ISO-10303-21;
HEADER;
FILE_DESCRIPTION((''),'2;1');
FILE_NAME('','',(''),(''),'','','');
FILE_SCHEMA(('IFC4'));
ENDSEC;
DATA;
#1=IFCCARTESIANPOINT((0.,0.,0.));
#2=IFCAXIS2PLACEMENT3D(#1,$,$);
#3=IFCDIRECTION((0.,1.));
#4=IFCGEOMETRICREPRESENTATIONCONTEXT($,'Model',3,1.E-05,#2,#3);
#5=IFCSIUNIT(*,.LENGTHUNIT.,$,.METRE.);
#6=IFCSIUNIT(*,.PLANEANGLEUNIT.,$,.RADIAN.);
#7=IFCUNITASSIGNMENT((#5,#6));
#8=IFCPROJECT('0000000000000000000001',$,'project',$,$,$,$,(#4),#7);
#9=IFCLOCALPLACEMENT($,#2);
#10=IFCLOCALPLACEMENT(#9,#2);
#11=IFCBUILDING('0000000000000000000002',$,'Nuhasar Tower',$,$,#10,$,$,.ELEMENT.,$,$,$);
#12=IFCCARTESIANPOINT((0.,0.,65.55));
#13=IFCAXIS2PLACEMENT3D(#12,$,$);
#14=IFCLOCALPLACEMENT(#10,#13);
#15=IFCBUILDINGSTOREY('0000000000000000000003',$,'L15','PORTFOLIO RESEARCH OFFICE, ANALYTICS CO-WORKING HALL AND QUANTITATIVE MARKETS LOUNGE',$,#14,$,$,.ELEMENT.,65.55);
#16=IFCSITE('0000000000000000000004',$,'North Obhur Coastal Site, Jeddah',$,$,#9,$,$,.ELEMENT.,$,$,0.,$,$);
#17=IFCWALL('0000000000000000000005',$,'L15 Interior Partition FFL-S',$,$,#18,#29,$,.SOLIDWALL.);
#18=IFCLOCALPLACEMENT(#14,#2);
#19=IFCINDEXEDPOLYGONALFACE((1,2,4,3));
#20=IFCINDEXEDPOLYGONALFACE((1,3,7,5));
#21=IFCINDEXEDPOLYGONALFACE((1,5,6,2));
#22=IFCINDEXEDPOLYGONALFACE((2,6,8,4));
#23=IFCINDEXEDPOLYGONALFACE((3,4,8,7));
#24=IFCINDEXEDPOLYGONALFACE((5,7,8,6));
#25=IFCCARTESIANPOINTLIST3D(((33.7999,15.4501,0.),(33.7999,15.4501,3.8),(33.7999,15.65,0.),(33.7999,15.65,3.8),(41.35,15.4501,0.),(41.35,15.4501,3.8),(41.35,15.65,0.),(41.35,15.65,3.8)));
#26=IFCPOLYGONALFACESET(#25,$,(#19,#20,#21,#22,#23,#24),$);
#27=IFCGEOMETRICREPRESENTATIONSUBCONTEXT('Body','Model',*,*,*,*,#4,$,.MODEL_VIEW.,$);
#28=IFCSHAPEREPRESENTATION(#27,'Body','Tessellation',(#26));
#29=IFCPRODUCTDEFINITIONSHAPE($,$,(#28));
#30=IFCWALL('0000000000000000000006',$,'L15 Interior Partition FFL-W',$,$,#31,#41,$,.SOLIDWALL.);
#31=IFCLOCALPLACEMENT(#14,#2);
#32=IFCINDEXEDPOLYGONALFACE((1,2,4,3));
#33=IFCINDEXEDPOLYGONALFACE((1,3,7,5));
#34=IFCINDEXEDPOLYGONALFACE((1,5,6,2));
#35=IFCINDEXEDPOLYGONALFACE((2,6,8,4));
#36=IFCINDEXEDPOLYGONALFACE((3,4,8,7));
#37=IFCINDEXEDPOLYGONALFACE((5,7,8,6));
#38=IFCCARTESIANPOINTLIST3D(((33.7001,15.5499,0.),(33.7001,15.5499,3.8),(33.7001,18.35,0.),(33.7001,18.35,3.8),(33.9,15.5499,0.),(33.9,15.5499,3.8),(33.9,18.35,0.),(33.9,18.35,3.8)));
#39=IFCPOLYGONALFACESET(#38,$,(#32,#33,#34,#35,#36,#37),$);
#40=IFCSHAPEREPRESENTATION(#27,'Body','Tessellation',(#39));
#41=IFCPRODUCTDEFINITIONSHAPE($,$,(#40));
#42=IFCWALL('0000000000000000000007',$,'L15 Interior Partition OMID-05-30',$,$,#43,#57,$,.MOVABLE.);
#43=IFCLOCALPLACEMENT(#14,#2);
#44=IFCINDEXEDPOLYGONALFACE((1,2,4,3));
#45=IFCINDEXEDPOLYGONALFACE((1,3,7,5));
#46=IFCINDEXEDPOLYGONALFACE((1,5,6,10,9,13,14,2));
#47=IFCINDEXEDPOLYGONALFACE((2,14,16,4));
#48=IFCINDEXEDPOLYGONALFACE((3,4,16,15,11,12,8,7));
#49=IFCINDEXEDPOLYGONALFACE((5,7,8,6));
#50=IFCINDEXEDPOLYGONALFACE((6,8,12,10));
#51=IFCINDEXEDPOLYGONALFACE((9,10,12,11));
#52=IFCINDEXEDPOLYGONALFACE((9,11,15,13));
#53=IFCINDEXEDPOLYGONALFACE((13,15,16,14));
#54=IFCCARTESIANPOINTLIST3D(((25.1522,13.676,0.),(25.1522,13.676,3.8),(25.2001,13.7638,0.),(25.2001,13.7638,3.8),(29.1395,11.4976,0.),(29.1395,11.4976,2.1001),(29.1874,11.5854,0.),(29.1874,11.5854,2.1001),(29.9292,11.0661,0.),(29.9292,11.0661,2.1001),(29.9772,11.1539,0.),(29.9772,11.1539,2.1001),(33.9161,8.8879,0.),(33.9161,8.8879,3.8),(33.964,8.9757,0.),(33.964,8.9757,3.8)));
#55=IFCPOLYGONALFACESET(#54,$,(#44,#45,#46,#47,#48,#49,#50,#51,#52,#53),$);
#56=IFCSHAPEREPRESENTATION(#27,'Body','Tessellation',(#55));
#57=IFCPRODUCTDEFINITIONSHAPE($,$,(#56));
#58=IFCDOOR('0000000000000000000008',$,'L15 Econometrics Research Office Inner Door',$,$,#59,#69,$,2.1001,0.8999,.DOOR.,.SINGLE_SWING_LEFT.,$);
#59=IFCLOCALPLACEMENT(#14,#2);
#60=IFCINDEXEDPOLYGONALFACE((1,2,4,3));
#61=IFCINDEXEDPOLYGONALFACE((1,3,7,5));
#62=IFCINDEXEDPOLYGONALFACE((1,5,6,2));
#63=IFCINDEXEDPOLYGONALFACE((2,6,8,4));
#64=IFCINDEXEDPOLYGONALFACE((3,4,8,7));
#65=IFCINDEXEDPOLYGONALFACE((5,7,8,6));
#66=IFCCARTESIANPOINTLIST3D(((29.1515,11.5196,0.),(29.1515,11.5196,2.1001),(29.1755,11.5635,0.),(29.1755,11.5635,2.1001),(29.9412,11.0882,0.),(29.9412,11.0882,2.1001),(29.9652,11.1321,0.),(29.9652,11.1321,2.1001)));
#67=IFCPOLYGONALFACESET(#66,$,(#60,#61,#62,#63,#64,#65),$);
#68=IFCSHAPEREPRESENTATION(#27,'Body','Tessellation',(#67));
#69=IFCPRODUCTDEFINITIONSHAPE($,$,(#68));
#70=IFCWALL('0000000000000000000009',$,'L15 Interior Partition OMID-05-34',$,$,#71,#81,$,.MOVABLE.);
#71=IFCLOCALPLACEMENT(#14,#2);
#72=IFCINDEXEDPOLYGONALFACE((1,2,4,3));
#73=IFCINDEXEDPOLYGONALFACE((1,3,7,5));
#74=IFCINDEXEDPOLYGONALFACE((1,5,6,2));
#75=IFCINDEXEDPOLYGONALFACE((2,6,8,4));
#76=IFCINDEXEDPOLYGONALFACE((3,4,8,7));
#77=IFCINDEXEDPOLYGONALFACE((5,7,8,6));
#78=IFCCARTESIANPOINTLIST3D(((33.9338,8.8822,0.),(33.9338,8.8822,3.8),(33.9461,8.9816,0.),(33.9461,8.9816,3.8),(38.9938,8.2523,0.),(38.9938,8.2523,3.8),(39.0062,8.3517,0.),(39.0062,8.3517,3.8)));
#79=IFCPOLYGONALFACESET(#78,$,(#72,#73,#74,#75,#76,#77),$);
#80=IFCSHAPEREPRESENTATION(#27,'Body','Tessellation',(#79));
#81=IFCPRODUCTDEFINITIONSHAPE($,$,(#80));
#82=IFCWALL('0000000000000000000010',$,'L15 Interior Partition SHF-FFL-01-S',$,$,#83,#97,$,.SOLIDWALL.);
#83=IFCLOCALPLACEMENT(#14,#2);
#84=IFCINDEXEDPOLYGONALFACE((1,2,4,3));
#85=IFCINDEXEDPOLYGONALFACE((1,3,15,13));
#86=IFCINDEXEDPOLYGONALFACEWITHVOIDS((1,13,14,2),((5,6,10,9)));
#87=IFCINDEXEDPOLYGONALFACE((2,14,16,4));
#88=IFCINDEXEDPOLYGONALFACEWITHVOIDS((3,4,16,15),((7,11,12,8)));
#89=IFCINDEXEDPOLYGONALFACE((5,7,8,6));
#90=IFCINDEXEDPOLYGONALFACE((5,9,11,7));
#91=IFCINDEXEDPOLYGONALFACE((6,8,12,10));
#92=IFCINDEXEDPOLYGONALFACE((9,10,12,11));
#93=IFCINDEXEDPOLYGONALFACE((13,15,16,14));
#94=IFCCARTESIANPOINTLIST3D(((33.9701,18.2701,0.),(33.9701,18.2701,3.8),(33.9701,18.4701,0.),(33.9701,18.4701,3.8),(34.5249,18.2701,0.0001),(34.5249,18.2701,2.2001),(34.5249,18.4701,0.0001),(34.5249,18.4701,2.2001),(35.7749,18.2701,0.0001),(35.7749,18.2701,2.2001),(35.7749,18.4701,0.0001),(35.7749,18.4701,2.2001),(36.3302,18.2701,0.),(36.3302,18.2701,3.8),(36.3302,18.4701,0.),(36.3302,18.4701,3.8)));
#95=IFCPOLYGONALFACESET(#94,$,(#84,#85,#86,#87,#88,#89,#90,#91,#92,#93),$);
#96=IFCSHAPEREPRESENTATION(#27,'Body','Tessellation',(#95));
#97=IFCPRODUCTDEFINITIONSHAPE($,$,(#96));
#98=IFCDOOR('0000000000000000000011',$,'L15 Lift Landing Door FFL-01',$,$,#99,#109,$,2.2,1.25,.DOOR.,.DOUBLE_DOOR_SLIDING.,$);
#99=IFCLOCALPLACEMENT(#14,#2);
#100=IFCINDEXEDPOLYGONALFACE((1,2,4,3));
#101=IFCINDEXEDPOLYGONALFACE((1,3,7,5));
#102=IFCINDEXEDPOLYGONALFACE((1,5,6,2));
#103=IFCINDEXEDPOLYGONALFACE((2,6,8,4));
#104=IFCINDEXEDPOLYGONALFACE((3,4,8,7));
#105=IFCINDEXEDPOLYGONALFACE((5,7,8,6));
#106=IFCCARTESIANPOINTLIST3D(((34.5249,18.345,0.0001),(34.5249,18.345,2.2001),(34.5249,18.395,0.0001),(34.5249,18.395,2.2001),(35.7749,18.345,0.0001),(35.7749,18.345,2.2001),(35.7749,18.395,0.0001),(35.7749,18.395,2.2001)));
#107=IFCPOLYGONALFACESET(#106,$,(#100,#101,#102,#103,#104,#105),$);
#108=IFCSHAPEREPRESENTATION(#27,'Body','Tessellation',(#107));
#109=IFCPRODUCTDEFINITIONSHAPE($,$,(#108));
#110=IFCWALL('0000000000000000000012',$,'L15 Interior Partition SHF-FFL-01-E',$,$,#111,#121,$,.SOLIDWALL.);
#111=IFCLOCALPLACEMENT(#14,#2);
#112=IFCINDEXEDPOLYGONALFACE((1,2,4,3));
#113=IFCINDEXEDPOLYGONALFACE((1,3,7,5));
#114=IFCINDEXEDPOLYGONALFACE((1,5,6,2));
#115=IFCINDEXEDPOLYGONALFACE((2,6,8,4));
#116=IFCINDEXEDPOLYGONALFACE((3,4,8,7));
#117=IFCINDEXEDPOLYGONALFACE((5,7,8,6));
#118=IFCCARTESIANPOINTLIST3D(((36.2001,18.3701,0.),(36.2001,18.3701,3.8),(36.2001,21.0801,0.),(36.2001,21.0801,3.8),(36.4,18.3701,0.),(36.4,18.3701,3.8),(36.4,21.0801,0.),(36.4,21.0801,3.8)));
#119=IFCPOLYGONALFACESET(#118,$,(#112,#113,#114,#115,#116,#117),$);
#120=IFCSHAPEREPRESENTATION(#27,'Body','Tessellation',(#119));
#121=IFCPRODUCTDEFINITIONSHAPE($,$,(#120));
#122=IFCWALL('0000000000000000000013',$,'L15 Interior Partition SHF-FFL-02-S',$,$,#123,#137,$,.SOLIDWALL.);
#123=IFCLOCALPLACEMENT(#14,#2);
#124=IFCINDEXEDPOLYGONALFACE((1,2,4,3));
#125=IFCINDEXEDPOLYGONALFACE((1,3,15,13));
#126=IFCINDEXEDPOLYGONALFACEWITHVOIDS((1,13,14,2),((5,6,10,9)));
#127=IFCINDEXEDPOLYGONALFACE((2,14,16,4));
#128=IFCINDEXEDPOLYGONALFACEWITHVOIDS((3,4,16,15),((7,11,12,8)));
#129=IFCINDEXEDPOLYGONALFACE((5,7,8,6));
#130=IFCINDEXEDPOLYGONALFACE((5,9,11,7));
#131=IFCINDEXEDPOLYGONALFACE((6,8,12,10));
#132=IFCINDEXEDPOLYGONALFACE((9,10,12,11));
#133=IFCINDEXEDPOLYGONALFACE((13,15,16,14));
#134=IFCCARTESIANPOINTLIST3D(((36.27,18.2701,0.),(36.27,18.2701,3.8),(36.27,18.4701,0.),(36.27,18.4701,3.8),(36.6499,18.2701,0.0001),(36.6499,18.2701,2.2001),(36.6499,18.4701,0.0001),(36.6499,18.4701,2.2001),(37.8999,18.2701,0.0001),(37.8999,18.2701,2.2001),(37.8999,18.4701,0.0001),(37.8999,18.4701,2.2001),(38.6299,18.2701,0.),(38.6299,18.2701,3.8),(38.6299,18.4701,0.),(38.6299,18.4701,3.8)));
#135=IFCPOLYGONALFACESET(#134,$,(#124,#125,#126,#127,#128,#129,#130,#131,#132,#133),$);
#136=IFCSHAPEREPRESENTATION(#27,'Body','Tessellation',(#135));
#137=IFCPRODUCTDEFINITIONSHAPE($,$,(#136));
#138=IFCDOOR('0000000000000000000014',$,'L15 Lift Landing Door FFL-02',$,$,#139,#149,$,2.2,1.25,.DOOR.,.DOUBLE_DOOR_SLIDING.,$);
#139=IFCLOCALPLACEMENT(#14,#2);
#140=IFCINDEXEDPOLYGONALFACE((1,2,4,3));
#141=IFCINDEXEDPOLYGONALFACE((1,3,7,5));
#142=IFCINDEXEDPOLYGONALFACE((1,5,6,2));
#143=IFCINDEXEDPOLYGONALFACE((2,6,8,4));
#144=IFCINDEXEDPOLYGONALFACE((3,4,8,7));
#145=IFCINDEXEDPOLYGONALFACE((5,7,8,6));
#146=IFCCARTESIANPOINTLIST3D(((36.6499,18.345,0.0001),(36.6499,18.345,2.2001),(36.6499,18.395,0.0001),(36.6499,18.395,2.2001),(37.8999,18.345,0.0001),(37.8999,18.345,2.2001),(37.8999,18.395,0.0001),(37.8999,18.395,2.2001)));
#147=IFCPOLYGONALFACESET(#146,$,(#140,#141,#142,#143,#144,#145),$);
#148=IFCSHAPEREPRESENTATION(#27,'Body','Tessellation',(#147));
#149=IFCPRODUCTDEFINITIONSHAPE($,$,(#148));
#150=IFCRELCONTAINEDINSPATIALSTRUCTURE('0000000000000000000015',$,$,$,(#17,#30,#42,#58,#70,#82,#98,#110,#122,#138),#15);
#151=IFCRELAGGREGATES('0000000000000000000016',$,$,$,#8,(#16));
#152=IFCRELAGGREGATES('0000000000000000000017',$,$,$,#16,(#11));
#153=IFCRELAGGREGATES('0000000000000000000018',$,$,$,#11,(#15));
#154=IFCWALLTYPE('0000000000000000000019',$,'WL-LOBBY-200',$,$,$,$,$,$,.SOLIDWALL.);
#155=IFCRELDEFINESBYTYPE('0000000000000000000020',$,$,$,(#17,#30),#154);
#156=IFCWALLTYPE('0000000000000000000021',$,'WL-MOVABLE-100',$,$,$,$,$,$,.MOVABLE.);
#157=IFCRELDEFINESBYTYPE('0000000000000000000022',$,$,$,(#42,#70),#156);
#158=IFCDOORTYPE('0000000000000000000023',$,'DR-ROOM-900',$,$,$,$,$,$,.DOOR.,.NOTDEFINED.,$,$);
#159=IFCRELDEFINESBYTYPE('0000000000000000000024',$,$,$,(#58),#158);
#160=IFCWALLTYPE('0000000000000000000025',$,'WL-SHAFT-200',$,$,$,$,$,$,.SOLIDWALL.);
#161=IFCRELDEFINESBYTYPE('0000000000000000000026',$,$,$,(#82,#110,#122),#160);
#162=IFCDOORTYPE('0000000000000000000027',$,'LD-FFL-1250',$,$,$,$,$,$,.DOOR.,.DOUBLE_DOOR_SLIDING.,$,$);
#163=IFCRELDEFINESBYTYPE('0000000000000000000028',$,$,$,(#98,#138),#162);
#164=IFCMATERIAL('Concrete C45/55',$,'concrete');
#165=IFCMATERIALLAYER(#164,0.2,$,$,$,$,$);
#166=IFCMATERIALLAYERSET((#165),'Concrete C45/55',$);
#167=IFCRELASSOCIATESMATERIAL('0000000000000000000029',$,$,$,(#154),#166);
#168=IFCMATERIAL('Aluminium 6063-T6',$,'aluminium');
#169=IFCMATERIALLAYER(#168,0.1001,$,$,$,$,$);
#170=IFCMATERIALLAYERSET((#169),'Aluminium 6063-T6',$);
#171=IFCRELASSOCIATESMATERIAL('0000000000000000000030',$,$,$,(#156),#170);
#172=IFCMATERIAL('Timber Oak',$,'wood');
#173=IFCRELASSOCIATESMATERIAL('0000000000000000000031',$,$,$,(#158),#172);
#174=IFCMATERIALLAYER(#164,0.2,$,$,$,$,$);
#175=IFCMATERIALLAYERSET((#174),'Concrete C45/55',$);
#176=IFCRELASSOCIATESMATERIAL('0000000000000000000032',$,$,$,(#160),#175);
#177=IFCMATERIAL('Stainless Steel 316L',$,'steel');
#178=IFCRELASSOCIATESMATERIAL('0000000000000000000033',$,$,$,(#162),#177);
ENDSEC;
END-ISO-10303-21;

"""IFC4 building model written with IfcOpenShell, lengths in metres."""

from ifc_helpers import new_model, si_unit, direction, frame, frame_2d, origin, place, context, subcontext, project, spatial, rectangle, extrude, material, layer, layer_set, type_object, element, fill, save


model = new_model("IFC4")

# Units and contexts
model_context = context("Model", 3, precision=1e-05, world=origin(), true_north=direction((0.0, 1.0)))
body_context = subcontext(model_context, "Body", "Model", "MODEL_VIEW")
ifc_project = project(units=[si_unit("LENGTHUNIT", "METRE"), si_unit("PLANEANGLEUNIT", "RADIAN")], contexts=[model_context])

# Site, building, storey
site_placement = place(None, origin())
site = spatial("IfcSite", under=ifc_project, at=site_placement, Name="North Obhur Coastal Site, Jeddah", CompositionType="ELEMENT", RefElevation=0.0)
building_placement = place(site_placement, origin())
building = spatial("IfcBuilding", under=site, at=building_placement, Name="Nuhasar Tower", CompositionType="ELEMENT")
storey_placement = place(building_placement, frame((0.0, 0.0, 65.55)))
storey = spatial("IfcBuildingStorey", under=building, at=storey_placement, Name="L15", Description="PORTFOLIO RESEARCH OFFICE, ANALYTICS CO-WORKING HALL AND QUANTITATIVE MARKETS LOUNGE", CompositionType="ELEMENT", Elevation=65.55)

# Shared definitions
ifc_material_1 = material(Name="Aluminium 6063-T6", Category="aluminium")

# Shared definitions
ifc_material_2 = material(Name="Timber Oak", Category="wood")

# Walls
ifc_material_3 = material(Name="Concrete C45/55", Category="concrete")
ifc_layer_1 = layer(ifc_material_3, 0.2)
ifc_layer_set_1 = layer_set([ifc_layer_1], Name="Concrete C45/55")
wall_type_1 = type_object("IfcWallType", Name="WL-LOBBY-200", PredefinedType="SOLIDWALL", material=ifc_layer_set_1)
wall_1_placement = place(storey_placement, frame((33.8, 15.55, 0.0), z_axis=(0.0, 0.0, 1.0), x_axis=(1.0, 0.0, 0.0)))
element("IfcWall", 1, at=wall_1_placement, inside=storey, type_object=wall_type_1, Name="L15 Interior Partition FFL-S", PredefinedType="SOLIDWALL", context=body_context, shape_type="SweptSolid", body=[
    extrude(rectangle(XDim=7.55, YDim=0.2, at=frame_2d((3.7749, 0.0))), origin(), (0.0, 0.0, 1.0), 3.8),
])
wall_2_placement = place(storey_placement, frame((33.8, 15.55, 0.0), z_axis=(0.0, 0.0, 1.0), x_axis=(0.0, 1.0, 0.0)))
element("IfcWall", 2, at=wall_2_placement, inside=storey, type_object=wall_type_1, Name="L15 Interior Partition FFL-W", PredefinedType="SOLIDWALL", context=body_context, shape_type="SweptSolid", body=[
    extrude(rectangle(XDim=2.8, YDim=0.2, at=frame_2d((1.3999, 0.0))), origin(), (0.0, 0.0, 1.0), 3.8),
])

# Wall, opening, door
ifc_layer_2 = layer(ifc_material_1, 0.1001)
ifc_layer_set_2 = layer_set([ifc_layer_2], Name="Aluminium 6063-T6")
wall_type_2 = type_object("IfcWallType", Name="WL-MOVABLE-100", PredefinedType="MOVABLE", material=ifc_layer_set_2)
wall_3_placement = place(storey_placement, frame((33.9399, 8.9319, 0.0), z_axis=(0.0, 0.0, 1.0), x_axis=(-0.877568, 0.479452, 0.0)))
wall_3 = element("IfcWall", 3, at=wall_3_placement, inside=storey, type_object=wall_type_2, Name="L15 Interior Partition OMID-05-30", PredefinedType="MOVABLE", context=body_context, shape_type="SweptSolid", body=[
    extrude(rectangle(XDim=9.9866, YDim=0.1001, at=frame_2d((4.9932, 0.0))), origin(), (0.0, 0.0, 1.0), 3.8),
])
opening_1_placement = place(wall_3_placement, frame((4.543, 0.0, 0.0)))
opening_1 = element("IfcOpeningElement", 4, at=opening_1_placement, cuts=wall_3, PredefinedType="OPENING", context=body_context, shape_type="SweptSolid", body=[
    extrude(rectangle(XDim=0.8999, YDim=2.1001, at=frame_2d((0.45, 1.05))), frame((0.0, 0.0601, 0.0), z_axis=(0.0, -1.0, 0.0), x_axis=(1.0, 0.0, 0.0)), (0.0, 0.0, 1.0), 0.1201),
])
door_type_1 = type_object("IfcDoorType", Name="DR-ROOM-900", OperationType="NOTDEFINED", PredefinedType="DOOR", material=ifc_material_2)
door_1_placement = place(opening_1_placement, origin())
door_1 = element("IfcDoor", 5, at=door_1_placement, inside=storey, type_object=door_type_1, Name="L15 Econometrics Research Office Inner Door", OperationType="SINGLE_SWING_LEFT", OverallHeight=2.1001, OverallWidth=0.8999, PredefinedType="DOOR", context=body_context, shape_type="SweptSolid", body=[
    extrude(rectangle(XDim=0.8999, YDim=2.1001, at=frame_2d((0.45, 1.05))), frame((0.0, 0.0249, 0.0), z_axis=(0.0, -1.0, 0.0), x_axis=(1.0, 0.0, 0.0)), (0.0, 0.0, 1.0), 0.05),
])
fill(opening_1, door_1)

# Wall
wall_4_placement = place(storey_placement, frame((33.9399, 8.9319, 0.0), z_axis=(0.0, 0.0, 1.0), x_axis=(0.992341, -0.123528, 0.0)))
element("IfcWall", 6, at=wall_4_placement, inside=storey, type_object=wall_type_2, Name="L15 Interior Partition OMID-05-34", PredefinedType="MOVABLE", context=body_context, shape_type="SweptSolid", body=[
    extrude(rectangle(XDim=5.0991, YDim=0.1001, at=frame_2d((2.5496, 0.0))), origin(), (0.0, 0.0, 1.0), 3.8),
])

# Wall, opening, door
ifc_layer_3 = layer(ifc_material_3, 0.2)
ifc_layer_set_3 = layer_set([ifc_layer_3], Name="Concrete C45/55")
wall_type_3 = type_object("IfcWallType", Name="WL-SHAFT-200", PredefinedType="SOLIDWALL", material=ifc_layer_set_3)
wall_5_placement = place(storey_placement, frame((33.97, 18.3701, 0.0), z_axis=(0.0, 0.0, 1.0), x_axis=(1.0, 0.0, 0.0)))
wall_5 = element("IfcWall", 7, at=wall_5_placement, inside=storey, type_object=wall_type_3, Name="L15 Interior Partition SHF-FFL-01-S", PredefinedType="SOLIDWALL", context=body_context, shape_type="SweptSolid", body=[
    extrude(rectangle(XDim=2.3601, YDim=0.2, at=frame_2d((1.1802, 0.0))), origin(), (0.0, 0.0, 1.0), 3.8),
])
opening_2_placement = place(wall_5_placement, frame((0.5549, 0.0, 0.0)))
opening_2 = element("IfcOpeningElement", 8, at=opening_2_placement, cuts=wall_5, PredefinedType="OPENING", context=body_context, shape_type="SweptSolid", body=[
    extrude(rectangle(XDim=1.25, YDim=2.2, at=frame_2d((0.625, 1.1001))), frame((0.0, 0.1099, 0.0), z_axis=(0.0, -1.0, 0.0), x_axis=(1.0, 0.0, 0.0)), (0.0, 0.0, 1.0), 0.22),
])
ifc_material_4 = material(Name="Stainless Steel 316L", Category="steel")
door_type_2 = type_object("IfcDoorType", Name="LD-FFL-1250", OperationType="DOUBLE_DOOR_SLIDING", PredefinedType="DOOR", material=ifc_material_4)
door_2_placement = place(opening_2_placement, origin())
door_2 = element("IfcDoor", 9, at=door_2_placement, inside=storey, type_object=door_type_2, Name="L15 Lift Landing Door FFL-01", OperationType="DOUBLE_DOOR_SLIDING", OverallHeight=2.2, OverallWidth=1.25, PredefinedType="DOOR", context=body_context, shape_type="SweptSolid", body=[
    extrude(rectangle(XDim=1.25, YDim=2.2, at=frame_2d((0.625, 1.1001))), frame((0.0, 0.0249, 0.0), z_axis=(0.0, -1.0, 0.0), x_axis=(1.0, 0.0, 0.0)), (0.0, 0.0, 1.0), 0.05),
])
fill(opening_2, door_2)

# Wall
wall_6_placement = place(storey_placement, frame((36.3, 18.3701, 0.0), z_axis=(0.0, 0.0, 1.0), x_axis=(0.0, 1.0, 0.0)))
element("IfcWall", 10, at=wall_6_placement, inside=storey, type_object=wall_type_3, Name="L15 Interior Partition SHF-FFL-01-E", PredefinedType="SOLIDWALL", context=body_context, shape_type="SweptSolid", body=[
    extrude(rectangle(XDim=2.71, YDim=0.2, at=frame_2d((1.355, 0.0))), origin(), (0.0, 0.0, 1.0), 3.8),
])

# Wall, opening, door
wall_7_placement = place(storey_placement, frame((36.27, 18.3701, 0.0), z_axis=(0.0, 0.0, 1.0), x_axis=(1.0, 0.0, 0.0)))
wall_7 = element("IfcWall", 11, at=wall_7_placement, inside=storey, type_object=wall_type_3, Name="L15 Interior Partition SHF-FFL-02-S", PredefinedType="SOLIDWALL", context=body_context, shape_type="SweptSolid", body=[
    extrude(rectangle(XDim=2.3599, YDim=0.2, at=frame_2d((1.1799, 0.0))), origin(), (0.0, 0.0, 1.0), 3.8),
])
opening_3_placement = place(wall_7_placement, frame((0.3799, 0.0, 0.0)))
opening_3 = element("IfcOpeningElement", 12, at=opening_3_placement, cuts=wall_7, PredefinedType="OPENING", context=body_context, shape_type="SweptSolid", body=[
    extrude(rectangle(XDim=1.25, YDim=2.2, at=frame_2d((0.625, 1.1001))), frame((0.0, 0.1099, 0.0), z_axis=(0.0, -1.0, 0.0), x_axis=(1.0, 0.0, 0.0)), (0.0, 0.0, 1.0), 0.22),
])
door_3_placement = place(opening_3_placement, origin())
door_3 = element("IfcDoor", 13, at=door_3_placement, inside=storey, type_object=door_type_2, Name="L15 Lift Landing Door FFL-02", OperationType="DOUBLE_DOOR_SLIDING", OverallHeight=2.2, OverallWidth=1.25, PredefinedType="DOOR", context=body_context, shape_type="SweptSolid", body=[
    extrude(rectangle(XDim=1.25, YDim=2.2, at=frame_2d((0.625, 1.1001))), frame((0.0, 0.0249, 0.0), z_axis=(0.0, -1.0, 0.0), x_axis=(1.0, 0.0, 0.0)), (0.0, 0.0, 1.0), 0.05),
])
fill(opening_3, door_3)

save(model, "model.ifc")
